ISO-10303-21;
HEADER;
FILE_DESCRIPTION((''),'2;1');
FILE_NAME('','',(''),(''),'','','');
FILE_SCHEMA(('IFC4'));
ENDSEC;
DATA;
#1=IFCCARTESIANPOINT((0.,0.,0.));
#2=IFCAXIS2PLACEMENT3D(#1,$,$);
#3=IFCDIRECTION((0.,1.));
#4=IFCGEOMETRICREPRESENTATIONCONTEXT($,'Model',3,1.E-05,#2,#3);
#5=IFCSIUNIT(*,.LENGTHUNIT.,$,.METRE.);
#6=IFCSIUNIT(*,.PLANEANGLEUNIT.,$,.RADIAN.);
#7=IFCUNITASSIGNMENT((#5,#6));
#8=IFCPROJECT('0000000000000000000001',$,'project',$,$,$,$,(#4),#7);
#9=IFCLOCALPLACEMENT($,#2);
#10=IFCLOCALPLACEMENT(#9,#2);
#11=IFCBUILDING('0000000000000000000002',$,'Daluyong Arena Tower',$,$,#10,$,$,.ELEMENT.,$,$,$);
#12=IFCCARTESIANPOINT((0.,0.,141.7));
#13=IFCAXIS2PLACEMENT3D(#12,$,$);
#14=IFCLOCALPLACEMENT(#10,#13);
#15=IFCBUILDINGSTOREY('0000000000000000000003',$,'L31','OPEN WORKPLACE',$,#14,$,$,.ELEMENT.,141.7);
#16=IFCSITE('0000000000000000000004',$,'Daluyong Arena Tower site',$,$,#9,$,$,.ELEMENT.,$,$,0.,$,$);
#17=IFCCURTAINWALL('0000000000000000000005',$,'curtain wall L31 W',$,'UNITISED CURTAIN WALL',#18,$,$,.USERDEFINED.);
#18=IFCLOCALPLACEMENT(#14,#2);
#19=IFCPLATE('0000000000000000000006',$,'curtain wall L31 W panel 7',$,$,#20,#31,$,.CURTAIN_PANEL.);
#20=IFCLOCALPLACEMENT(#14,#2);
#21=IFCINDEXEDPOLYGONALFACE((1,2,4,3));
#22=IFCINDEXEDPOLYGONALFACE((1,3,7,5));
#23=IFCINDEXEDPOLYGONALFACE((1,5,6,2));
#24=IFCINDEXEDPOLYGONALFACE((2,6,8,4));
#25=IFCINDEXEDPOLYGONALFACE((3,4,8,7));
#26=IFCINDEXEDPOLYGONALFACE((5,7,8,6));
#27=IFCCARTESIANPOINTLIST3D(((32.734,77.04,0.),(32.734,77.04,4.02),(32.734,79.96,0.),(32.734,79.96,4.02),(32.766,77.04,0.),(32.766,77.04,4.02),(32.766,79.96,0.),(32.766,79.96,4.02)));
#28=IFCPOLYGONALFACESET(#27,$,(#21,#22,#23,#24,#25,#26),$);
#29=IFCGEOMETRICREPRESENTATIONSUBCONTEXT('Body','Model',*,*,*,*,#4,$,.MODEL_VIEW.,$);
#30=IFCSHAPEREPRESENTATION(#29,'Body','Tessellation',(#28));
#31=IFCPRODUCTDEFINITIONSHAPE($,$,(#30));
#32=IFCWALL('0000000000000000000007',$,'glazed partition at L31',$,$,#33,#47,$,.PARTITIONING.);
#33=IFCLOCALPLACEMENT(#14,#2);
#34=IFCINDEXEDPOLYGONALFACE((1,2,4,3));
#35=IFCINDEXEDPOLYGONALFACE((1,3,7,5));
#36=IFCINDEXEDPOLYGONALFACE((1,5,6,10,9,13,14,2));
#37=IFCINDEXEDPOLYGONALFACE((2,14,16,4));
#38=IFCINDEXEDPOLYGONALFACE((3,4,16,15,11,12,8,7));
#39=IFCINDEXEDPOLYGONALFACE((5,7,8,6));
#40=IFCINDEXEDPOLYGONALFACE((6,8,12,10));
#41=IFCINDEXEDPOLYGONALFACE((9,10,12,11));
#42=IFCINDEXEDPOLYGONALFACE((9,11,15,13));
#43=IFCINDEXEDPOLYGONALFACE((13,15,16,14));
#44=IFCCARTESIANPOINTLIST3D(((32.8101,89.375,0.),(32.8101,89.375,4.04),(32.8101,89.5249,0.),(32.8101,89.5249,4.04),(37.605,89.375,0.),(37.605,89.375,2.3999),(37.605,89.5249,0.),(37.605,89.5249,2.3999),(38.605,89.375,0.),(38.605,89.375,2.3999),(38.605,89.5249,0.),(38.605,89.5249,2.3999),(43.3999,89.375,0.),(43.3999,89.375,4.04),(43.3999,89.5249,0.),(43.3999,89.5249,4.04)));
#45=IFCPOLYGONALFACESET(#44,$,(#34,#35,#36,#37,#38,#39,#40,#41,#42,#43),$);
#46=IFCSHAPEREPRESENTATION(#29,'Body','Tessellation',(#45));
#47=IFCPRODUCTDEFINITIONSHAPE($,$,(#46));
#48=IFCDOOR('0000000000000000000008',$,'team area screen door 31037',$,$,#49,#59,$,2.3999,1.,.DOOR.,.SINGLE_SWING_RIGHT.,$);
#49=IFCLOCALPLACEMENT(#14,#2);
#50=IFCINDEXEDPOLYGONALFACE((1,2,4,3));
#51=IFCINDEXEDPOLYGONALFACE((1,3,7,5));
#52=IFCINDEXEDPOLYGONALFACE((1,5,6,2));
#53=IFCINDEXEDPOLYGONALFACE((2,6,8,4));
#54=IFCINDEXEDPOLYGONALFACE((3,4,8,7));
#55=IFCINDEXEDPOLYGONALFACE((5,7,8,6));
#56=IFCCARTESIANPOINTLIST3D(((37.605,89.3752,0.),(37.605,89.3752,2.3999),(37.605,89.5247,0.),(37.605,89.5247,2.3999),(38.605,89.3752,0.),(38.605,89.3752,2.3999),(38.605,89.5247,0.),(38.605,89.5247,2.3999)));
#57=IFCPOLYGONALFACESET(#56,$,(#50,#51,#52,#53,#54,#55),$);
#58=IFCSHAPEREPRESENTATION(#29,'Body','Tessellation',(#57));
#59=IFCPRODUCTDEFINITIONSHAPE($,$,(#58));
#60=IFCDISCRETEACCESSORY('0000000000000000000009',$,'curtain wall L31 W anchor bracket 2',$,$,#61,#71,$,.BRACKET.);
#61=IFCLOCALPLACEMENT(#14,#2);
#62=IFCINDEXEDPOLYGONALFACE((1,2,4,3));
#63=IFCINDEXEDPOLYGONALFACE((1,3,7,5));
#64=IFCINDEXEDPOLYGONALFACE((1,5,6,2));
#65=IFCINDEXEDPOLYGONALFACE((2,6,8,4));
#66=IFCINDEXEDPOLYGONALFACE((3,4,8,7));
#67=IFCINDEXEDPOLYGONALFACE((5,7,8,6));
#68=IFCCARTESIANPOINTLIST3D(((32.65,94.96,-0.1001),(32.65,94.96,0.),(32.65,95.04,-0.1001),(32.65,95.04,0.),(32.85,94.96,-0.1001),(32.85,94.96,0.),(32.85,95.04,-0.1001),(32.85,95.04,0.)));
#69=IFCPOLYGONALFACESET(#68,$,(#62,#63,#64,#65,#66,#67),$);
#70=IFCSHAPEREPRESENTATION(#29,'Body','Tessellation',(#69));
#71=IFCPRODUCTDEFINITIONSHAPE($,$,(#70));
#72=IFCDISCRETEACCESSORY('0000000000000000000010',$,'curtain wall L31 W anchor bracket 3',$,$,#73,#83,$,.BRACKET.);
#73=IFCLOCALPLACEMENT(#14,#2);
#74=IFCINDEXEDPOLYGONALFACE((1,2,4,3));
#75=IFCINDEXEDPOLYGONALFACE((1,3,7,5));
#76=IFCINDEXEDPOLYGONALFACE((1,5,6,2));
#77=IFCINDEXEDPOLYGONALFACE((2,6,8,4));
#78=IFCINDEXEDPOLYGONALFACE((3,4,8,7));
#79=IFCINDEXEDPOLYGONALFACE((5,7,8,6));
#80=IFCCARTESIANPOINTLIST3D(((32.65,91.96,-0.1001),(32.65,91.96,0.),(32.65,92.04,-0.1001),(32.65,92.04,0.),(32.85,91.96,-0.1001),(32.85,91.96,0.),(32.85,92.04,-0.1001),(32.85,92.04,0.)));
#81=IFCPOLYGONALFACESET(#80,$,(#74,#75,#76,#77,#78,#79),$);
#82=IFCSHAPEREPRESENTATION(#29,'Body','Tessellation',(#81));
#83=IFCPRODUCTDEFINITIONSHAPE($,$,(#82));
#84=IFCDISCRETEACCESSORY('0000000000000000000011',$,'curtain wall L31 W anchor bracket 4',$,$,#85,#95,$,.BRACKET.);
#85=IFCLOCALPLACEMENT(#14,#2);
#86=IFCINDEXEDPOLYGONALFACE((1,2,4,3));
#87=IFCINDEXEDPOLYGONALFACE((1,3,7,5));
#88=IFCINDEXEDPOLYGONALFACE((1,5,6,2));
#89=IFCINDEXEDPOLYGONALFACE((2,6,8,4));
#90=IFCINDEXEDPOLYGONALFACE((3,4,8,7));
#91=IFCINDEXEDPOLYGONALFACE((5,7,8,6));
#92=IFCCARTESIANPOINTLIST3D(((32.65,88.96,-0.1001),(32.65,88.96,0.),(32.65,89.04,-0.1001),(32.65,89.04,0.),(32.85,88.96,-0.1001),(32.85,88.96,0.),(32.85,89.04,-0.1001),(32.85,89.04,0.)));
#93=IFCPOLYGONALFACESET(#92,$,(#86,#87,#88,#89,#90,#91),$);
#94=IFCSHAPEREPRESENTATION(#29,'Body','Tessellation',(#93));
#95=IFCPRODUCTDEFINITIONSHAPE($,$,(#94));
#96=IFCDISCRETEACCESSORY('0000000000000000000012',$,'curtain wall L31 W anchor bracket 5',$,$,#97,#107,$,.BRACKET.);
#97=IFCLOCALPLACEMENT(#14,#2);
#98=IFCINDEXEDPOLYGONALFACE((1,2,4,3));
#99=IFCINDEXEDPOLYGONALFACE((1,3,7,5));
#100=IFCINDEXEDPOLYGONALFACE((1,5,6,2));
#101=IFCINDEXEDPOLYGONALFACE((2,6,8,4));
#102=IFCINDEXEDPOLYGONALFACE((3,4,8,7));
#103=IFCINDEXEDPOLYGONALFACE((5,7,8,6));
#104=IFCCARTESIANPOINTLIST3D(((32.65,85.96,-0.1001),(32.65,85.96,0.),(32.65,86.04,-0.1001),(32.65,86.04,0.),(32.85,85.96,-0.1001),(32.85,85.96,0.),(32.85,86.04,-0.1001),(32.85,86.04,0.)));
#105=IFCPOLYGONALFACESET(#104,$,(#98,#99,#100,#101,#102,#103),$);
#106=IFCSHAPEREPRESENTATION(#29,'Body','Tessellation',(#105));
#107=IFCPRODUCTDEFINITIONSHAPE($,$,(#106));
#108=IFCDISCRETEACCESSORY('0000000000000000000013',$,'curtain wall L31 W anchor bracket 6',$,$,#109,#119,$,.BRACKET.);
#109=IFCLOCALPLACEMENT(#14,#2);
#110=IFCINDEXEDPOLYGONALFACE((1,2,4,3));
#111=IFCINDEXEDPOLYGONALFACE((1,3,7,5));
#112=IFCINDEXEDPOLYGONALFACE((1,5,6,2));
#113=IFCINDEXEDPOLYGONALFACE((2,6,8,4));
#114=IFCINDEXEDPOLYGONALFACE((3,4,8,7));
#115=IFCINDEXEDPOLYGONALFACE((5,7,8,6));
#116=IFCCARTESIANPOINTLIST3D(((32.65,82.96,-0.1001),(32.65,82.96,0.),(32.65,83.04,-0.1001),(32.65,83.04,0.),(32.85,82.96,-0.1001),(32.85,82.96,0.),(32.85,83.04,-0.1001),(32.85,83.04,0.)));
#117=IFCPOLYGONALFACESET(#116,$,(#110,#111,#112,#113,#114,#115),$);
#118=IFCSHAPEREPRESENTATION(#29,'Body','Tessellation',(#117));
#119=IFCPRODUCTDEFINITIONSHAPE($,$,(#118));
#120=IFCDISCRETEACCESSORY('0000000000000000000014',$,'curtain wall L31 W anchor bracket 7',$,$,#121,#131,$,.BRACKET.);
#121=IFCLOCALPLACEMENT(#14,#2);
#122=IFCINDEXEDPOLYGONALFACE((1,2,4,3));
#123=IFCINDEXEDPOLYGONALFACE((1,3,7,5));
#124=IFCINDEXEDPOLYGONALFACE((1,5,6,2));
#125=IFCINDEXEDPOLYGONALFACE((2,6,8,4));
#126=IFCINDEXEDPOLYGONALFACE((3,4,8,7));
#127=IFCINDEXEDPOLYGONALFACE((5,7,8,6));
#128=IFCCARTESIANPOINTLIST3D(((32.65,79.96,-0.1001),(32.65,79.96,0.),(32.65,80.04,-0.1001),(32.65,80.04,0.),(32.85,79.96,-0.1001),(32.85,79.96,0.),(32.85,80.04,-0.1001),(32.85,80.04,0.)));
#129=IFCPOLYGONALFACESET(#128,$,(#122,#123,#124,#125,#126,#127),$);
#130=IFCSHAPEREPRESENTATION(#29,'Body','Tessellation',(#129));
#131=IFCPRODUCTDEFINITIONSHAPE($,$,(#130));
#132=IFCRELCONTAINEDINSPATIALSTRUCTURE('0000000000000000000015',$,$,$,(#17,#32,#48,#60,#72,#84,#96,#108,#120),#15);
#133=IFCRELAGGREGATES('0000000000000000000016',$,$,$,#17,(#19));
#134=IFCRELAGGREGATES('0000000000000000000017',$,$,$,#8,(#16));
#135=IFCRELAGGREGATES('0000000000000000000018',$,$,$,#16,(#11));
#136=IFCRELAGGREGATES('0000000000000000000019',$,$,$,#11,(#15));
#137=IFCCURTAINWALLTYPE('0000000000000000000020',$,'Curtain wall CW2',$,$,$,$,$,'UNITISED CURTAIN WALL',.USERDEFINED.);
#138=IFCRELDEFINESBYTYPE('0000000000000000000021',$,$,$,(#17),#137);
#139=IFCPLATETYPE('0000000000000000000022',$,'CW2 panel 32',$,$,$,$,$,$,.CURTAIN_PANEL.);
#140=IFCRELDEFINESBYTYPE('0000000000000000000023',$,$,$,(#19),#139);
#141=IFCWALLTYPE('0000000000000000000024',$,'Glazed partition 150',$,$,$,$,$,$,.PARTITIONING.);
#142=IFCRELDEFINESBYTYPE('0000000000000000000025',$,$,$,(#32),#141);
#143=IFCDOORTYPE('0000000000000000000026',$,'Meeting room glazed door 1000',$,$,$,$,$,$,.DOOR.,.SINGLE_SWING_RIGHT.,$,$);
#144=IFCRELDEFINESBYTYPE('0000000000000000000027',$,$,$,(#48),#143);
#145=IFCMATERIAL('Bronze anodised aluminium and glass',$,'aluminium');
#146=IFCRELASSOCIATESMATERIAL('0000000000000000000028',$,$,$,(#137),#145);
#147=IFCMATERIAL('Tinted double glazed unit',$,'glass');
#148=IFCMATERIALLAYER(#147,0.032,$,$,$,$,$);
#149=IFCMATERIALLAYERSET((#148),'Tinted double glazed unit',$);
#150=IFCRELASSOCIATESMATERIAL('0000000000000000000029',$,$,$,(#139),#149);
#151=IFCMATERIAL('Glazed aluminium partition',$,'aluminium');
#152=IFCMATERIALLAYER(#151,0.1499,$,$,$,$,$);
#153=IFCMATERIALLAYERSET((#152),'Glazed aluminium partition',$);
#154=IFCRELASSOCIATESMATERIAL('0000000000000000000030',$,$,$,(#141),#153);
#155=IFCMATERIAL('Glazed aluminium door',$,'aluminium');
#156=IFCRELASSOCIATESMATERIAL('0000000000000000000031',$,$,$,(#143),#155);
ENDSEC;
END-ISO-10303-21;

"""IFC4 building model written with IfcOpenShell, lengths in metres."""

from ifc_helpers import new_model, si_unit, direction, frame, frame_2d, origin, origin_2d, place, context, subcontext, project, spatial, rectangle, extrude, material, layer, layer_set, type_object, element, fill, aggregate, save


model = new_model("IFC4")

# Units and contexts
model_context = context("Model", 3, precision=1e-05, world=origin(), true_north=direction((0.0, 1.0)))
body_context = subcontext(model_context, "Body", "Model", "MODEL_VIEW")
ifc_project = project(units=[si_unit("LENGTHUNIT", "METRE"), si_unit("PLANEANGLEUNIT", "RADIAN")], contexts=[model_context])

# Site, building, storey
site_placement = place(None, origin())
site = spatial("IfcSite", under=ifc_project, at=site_placement, Name="Daluyong Arena Tower site", CompositionType="ELEMENT", RefElevation=0.0)
building_placement = place(site_placement, origin())
building = spatial("IfcBuilding", under=site, at=building_placement, Name="Daluyong Arena Tower", CompositionType="ELEMENT")
storey_placement = place(building_placement, frame((0.0, 0.0, 141.7)))
storey = spatial("IfcBuildingStorey", under=building, at=storey_placement, Name="L31", Description="OPEN WORKPLACE", CompositionType="ELEMENT", Elevation=141.7)

# Curtain wall
ifc_material_1 = material(Name="Bronze anodised aluminium and glass", Category="aluminium")
curtain_wall_type = type_object("IfcCurtainWallType", Name="Curtain wall CW2", ElementType="UNITISED CURTAIN WALL", PredefinedType="USERDEFINED", material=ifc_material_1)
curtain_wall_placement = place(storey_placement, origin())
curtain_wall = element("IfcCurtainWall", 1, at=curtain_wall_placement, inside=storey, type_object=curtain_wall_type, Name="curtain wall L31 W", ObjectType="UNITISED CURTAIN WALL", PredefinedType="USERDEFINED")

# Plate
ifc_material_2 = material(Name="Tinted double glazed unit", Category="glass")
ifc_layer_1 = layer(ifc_material_2, 0.032)
ifc_layer_set_1 = layer_set([ifc_layer_1], Name="Tinted double glazed unit")
plate_type = type_object("IfcPlateType", Name="CW2 panel 32", PredefinedType="CURTAIN_PANEL", material=ifc_layer_set_1)
plate_1_placement = place(storey_placement, frame((32.75, 78.5, 0.0), z_axis=(0.0, 0.0, 1.0), x_axis=(0.0, -1.0, 0.0)))
plate_1 = element("IfcPlate", 2, at=plate_1_placement, type_object=plate_type, Name="curtain wall L31 W panel 7", PredefinedType="CURTAIN_PANEL", context=body_context, shape_type="SweptSolid", body=[
    extrude(rectangle(XDim=2.9199, YDim=0.032, at=origin_2d()), origin(), (0.0, 0.0, 1.0), 4.02),
])
aggregate(curtain_wall, [plate_1])

# Wall, opening, door
ifc_material_3 = material(Name="Glazed aluminium partition", Category="aluminium")
ifc_layer_2 = layer(ifc_material_3, 0.1499)
ifc_layer_set_2 = layer_set([ifc_layer_2], Name="Glazed aluminium partition")
wall_type = type_object("IfcWallType", Name="Glazed partition 150", PredefinedType="PARTITIONING", material=ifc_layer_set_2)
wall_placement = place(storey_placement, frame((32.8101, 89.45, 0.0), z_axis=(0.0, 0.0, 1.0), x_axis=(1.0, 0.0, 0.0)))
wall = element("IfcWall", 3, at=wall_placement, inside=storey, type_object=wall_type, Name="glazed partition at L31", PredefinedType="PARTITIONING", context=body_context, shape_type="SweptSolid", body=[
    extrude(rectangle(XDim=10.5898, YDim=0.1499, at=frame_2d((5.2949, 0.0))), origin(), (0.0, 0.0, 1.0), 4.04),
])
opening_placement = place(wall_placement, frame((4.7949, 0.0, 0.0)))
opening = element("IfcOpeningElement", 4, at=opening_placement, cuts=wall, PredefinedType="OPENING", context=body_context, shape_type="SweptSolid", body=[
    extrude(rectangle(XDim=1.0, YDim=2.3999, at=frame_2d((0.5, 1.2))), frame((0.0, 0.085, 0.0), z_axis=(0.0, -1.0, 0.0), x_axis=(1.0, 0.0, 0.0)), (0.0, 0.0, 1.0), 0.1699),
])
ifc_material_4 = material(Name="Glazed aluminium door", Category="aluminium")
door_type = type_object("IfcDoorType", Name="Meeting room glazed door 1000", OperationType="SINGLE_SWING_RIGHT", PredefinedType="DOOR", material=ifc_material_4)
door_placement = place(opening_placement, origin())
door = element("IfcDoor", 5, at=door_placement, inside=storey, type_object=door_type, Name="team area screen door 31037", OperationType="SINGLE_SWING_RIGHT", OverallHeight=2.3999, OverallWidth=1.0, PredefinedType="DOOR", context=body_context, shape_type="SweptSolid", body=[
    extrude(rectangle(XDim=1.0, YDim=2.3999, at=frame_2d((0.5, 1.2))), frame((0.0, 0.0747, 0.0), z_axis=(0.0, -1.0, 0.0), x_axis=(1.0, 0.0, 0.0)), (0.0, 0.0, 1.0), 0.1494),
])
fill(opening, door)

# Discrete accessories
for number, where, z_axis, x_axis, name in (
    (6, (32.75, 95.0, -0.1001), (0.0, 0.0, 1.0), (0.0, -1.0, 0.0), "curtain wall L31 W anchor bracket 2"),
    (7, (32.75, 92.0, -0.1001), (0.0, 0.0, 1.0), (0.0, -1.0, 0.0), "curtain wall L31 W anchor bracket 3"),
    (8, (32.75, 89.0, -0.1001), (0.0, 0.0, 1.0), (0.0, -1.0, 0.0), "curtain wall L31 W anchor bracket 4"),
    (9, (32.75, 86.0, -0.1001), (0.0, 0.0, 1.0), (0.0, -1.0, 0.0), "curtain wall L31 W anchor bracket 5"),
    (10, (32.75, 83.0, -0.1001), (0.0, 0.0, 1.0), (0.0, -1.0, 0.0), "curtain wall L31 W anchor bracket 6"),
    (11, (32.75, 80.0, -0.1001), (0.0, 0.0, 1.0), (0.0, -1.0, 0.0), "curtain wall L31 W anchor bracket 7"),
):
    element("IfcDiscreteAccessory", number, at=place(storey_placement, frame(where, z_axis=z_axis, x_axis=x_axis)), inside=storey, Name=name, PredefinedType="BRACKET", context=body_context, shape_type="SweptSolid", body=[
        extrude(rectangle(XDim=0.0801, YDim=0.2, at=origin_2d()), origin(), (0.0, 0.0, 1.0), 0.1001),
    ])

save(model, "model.ifc")
